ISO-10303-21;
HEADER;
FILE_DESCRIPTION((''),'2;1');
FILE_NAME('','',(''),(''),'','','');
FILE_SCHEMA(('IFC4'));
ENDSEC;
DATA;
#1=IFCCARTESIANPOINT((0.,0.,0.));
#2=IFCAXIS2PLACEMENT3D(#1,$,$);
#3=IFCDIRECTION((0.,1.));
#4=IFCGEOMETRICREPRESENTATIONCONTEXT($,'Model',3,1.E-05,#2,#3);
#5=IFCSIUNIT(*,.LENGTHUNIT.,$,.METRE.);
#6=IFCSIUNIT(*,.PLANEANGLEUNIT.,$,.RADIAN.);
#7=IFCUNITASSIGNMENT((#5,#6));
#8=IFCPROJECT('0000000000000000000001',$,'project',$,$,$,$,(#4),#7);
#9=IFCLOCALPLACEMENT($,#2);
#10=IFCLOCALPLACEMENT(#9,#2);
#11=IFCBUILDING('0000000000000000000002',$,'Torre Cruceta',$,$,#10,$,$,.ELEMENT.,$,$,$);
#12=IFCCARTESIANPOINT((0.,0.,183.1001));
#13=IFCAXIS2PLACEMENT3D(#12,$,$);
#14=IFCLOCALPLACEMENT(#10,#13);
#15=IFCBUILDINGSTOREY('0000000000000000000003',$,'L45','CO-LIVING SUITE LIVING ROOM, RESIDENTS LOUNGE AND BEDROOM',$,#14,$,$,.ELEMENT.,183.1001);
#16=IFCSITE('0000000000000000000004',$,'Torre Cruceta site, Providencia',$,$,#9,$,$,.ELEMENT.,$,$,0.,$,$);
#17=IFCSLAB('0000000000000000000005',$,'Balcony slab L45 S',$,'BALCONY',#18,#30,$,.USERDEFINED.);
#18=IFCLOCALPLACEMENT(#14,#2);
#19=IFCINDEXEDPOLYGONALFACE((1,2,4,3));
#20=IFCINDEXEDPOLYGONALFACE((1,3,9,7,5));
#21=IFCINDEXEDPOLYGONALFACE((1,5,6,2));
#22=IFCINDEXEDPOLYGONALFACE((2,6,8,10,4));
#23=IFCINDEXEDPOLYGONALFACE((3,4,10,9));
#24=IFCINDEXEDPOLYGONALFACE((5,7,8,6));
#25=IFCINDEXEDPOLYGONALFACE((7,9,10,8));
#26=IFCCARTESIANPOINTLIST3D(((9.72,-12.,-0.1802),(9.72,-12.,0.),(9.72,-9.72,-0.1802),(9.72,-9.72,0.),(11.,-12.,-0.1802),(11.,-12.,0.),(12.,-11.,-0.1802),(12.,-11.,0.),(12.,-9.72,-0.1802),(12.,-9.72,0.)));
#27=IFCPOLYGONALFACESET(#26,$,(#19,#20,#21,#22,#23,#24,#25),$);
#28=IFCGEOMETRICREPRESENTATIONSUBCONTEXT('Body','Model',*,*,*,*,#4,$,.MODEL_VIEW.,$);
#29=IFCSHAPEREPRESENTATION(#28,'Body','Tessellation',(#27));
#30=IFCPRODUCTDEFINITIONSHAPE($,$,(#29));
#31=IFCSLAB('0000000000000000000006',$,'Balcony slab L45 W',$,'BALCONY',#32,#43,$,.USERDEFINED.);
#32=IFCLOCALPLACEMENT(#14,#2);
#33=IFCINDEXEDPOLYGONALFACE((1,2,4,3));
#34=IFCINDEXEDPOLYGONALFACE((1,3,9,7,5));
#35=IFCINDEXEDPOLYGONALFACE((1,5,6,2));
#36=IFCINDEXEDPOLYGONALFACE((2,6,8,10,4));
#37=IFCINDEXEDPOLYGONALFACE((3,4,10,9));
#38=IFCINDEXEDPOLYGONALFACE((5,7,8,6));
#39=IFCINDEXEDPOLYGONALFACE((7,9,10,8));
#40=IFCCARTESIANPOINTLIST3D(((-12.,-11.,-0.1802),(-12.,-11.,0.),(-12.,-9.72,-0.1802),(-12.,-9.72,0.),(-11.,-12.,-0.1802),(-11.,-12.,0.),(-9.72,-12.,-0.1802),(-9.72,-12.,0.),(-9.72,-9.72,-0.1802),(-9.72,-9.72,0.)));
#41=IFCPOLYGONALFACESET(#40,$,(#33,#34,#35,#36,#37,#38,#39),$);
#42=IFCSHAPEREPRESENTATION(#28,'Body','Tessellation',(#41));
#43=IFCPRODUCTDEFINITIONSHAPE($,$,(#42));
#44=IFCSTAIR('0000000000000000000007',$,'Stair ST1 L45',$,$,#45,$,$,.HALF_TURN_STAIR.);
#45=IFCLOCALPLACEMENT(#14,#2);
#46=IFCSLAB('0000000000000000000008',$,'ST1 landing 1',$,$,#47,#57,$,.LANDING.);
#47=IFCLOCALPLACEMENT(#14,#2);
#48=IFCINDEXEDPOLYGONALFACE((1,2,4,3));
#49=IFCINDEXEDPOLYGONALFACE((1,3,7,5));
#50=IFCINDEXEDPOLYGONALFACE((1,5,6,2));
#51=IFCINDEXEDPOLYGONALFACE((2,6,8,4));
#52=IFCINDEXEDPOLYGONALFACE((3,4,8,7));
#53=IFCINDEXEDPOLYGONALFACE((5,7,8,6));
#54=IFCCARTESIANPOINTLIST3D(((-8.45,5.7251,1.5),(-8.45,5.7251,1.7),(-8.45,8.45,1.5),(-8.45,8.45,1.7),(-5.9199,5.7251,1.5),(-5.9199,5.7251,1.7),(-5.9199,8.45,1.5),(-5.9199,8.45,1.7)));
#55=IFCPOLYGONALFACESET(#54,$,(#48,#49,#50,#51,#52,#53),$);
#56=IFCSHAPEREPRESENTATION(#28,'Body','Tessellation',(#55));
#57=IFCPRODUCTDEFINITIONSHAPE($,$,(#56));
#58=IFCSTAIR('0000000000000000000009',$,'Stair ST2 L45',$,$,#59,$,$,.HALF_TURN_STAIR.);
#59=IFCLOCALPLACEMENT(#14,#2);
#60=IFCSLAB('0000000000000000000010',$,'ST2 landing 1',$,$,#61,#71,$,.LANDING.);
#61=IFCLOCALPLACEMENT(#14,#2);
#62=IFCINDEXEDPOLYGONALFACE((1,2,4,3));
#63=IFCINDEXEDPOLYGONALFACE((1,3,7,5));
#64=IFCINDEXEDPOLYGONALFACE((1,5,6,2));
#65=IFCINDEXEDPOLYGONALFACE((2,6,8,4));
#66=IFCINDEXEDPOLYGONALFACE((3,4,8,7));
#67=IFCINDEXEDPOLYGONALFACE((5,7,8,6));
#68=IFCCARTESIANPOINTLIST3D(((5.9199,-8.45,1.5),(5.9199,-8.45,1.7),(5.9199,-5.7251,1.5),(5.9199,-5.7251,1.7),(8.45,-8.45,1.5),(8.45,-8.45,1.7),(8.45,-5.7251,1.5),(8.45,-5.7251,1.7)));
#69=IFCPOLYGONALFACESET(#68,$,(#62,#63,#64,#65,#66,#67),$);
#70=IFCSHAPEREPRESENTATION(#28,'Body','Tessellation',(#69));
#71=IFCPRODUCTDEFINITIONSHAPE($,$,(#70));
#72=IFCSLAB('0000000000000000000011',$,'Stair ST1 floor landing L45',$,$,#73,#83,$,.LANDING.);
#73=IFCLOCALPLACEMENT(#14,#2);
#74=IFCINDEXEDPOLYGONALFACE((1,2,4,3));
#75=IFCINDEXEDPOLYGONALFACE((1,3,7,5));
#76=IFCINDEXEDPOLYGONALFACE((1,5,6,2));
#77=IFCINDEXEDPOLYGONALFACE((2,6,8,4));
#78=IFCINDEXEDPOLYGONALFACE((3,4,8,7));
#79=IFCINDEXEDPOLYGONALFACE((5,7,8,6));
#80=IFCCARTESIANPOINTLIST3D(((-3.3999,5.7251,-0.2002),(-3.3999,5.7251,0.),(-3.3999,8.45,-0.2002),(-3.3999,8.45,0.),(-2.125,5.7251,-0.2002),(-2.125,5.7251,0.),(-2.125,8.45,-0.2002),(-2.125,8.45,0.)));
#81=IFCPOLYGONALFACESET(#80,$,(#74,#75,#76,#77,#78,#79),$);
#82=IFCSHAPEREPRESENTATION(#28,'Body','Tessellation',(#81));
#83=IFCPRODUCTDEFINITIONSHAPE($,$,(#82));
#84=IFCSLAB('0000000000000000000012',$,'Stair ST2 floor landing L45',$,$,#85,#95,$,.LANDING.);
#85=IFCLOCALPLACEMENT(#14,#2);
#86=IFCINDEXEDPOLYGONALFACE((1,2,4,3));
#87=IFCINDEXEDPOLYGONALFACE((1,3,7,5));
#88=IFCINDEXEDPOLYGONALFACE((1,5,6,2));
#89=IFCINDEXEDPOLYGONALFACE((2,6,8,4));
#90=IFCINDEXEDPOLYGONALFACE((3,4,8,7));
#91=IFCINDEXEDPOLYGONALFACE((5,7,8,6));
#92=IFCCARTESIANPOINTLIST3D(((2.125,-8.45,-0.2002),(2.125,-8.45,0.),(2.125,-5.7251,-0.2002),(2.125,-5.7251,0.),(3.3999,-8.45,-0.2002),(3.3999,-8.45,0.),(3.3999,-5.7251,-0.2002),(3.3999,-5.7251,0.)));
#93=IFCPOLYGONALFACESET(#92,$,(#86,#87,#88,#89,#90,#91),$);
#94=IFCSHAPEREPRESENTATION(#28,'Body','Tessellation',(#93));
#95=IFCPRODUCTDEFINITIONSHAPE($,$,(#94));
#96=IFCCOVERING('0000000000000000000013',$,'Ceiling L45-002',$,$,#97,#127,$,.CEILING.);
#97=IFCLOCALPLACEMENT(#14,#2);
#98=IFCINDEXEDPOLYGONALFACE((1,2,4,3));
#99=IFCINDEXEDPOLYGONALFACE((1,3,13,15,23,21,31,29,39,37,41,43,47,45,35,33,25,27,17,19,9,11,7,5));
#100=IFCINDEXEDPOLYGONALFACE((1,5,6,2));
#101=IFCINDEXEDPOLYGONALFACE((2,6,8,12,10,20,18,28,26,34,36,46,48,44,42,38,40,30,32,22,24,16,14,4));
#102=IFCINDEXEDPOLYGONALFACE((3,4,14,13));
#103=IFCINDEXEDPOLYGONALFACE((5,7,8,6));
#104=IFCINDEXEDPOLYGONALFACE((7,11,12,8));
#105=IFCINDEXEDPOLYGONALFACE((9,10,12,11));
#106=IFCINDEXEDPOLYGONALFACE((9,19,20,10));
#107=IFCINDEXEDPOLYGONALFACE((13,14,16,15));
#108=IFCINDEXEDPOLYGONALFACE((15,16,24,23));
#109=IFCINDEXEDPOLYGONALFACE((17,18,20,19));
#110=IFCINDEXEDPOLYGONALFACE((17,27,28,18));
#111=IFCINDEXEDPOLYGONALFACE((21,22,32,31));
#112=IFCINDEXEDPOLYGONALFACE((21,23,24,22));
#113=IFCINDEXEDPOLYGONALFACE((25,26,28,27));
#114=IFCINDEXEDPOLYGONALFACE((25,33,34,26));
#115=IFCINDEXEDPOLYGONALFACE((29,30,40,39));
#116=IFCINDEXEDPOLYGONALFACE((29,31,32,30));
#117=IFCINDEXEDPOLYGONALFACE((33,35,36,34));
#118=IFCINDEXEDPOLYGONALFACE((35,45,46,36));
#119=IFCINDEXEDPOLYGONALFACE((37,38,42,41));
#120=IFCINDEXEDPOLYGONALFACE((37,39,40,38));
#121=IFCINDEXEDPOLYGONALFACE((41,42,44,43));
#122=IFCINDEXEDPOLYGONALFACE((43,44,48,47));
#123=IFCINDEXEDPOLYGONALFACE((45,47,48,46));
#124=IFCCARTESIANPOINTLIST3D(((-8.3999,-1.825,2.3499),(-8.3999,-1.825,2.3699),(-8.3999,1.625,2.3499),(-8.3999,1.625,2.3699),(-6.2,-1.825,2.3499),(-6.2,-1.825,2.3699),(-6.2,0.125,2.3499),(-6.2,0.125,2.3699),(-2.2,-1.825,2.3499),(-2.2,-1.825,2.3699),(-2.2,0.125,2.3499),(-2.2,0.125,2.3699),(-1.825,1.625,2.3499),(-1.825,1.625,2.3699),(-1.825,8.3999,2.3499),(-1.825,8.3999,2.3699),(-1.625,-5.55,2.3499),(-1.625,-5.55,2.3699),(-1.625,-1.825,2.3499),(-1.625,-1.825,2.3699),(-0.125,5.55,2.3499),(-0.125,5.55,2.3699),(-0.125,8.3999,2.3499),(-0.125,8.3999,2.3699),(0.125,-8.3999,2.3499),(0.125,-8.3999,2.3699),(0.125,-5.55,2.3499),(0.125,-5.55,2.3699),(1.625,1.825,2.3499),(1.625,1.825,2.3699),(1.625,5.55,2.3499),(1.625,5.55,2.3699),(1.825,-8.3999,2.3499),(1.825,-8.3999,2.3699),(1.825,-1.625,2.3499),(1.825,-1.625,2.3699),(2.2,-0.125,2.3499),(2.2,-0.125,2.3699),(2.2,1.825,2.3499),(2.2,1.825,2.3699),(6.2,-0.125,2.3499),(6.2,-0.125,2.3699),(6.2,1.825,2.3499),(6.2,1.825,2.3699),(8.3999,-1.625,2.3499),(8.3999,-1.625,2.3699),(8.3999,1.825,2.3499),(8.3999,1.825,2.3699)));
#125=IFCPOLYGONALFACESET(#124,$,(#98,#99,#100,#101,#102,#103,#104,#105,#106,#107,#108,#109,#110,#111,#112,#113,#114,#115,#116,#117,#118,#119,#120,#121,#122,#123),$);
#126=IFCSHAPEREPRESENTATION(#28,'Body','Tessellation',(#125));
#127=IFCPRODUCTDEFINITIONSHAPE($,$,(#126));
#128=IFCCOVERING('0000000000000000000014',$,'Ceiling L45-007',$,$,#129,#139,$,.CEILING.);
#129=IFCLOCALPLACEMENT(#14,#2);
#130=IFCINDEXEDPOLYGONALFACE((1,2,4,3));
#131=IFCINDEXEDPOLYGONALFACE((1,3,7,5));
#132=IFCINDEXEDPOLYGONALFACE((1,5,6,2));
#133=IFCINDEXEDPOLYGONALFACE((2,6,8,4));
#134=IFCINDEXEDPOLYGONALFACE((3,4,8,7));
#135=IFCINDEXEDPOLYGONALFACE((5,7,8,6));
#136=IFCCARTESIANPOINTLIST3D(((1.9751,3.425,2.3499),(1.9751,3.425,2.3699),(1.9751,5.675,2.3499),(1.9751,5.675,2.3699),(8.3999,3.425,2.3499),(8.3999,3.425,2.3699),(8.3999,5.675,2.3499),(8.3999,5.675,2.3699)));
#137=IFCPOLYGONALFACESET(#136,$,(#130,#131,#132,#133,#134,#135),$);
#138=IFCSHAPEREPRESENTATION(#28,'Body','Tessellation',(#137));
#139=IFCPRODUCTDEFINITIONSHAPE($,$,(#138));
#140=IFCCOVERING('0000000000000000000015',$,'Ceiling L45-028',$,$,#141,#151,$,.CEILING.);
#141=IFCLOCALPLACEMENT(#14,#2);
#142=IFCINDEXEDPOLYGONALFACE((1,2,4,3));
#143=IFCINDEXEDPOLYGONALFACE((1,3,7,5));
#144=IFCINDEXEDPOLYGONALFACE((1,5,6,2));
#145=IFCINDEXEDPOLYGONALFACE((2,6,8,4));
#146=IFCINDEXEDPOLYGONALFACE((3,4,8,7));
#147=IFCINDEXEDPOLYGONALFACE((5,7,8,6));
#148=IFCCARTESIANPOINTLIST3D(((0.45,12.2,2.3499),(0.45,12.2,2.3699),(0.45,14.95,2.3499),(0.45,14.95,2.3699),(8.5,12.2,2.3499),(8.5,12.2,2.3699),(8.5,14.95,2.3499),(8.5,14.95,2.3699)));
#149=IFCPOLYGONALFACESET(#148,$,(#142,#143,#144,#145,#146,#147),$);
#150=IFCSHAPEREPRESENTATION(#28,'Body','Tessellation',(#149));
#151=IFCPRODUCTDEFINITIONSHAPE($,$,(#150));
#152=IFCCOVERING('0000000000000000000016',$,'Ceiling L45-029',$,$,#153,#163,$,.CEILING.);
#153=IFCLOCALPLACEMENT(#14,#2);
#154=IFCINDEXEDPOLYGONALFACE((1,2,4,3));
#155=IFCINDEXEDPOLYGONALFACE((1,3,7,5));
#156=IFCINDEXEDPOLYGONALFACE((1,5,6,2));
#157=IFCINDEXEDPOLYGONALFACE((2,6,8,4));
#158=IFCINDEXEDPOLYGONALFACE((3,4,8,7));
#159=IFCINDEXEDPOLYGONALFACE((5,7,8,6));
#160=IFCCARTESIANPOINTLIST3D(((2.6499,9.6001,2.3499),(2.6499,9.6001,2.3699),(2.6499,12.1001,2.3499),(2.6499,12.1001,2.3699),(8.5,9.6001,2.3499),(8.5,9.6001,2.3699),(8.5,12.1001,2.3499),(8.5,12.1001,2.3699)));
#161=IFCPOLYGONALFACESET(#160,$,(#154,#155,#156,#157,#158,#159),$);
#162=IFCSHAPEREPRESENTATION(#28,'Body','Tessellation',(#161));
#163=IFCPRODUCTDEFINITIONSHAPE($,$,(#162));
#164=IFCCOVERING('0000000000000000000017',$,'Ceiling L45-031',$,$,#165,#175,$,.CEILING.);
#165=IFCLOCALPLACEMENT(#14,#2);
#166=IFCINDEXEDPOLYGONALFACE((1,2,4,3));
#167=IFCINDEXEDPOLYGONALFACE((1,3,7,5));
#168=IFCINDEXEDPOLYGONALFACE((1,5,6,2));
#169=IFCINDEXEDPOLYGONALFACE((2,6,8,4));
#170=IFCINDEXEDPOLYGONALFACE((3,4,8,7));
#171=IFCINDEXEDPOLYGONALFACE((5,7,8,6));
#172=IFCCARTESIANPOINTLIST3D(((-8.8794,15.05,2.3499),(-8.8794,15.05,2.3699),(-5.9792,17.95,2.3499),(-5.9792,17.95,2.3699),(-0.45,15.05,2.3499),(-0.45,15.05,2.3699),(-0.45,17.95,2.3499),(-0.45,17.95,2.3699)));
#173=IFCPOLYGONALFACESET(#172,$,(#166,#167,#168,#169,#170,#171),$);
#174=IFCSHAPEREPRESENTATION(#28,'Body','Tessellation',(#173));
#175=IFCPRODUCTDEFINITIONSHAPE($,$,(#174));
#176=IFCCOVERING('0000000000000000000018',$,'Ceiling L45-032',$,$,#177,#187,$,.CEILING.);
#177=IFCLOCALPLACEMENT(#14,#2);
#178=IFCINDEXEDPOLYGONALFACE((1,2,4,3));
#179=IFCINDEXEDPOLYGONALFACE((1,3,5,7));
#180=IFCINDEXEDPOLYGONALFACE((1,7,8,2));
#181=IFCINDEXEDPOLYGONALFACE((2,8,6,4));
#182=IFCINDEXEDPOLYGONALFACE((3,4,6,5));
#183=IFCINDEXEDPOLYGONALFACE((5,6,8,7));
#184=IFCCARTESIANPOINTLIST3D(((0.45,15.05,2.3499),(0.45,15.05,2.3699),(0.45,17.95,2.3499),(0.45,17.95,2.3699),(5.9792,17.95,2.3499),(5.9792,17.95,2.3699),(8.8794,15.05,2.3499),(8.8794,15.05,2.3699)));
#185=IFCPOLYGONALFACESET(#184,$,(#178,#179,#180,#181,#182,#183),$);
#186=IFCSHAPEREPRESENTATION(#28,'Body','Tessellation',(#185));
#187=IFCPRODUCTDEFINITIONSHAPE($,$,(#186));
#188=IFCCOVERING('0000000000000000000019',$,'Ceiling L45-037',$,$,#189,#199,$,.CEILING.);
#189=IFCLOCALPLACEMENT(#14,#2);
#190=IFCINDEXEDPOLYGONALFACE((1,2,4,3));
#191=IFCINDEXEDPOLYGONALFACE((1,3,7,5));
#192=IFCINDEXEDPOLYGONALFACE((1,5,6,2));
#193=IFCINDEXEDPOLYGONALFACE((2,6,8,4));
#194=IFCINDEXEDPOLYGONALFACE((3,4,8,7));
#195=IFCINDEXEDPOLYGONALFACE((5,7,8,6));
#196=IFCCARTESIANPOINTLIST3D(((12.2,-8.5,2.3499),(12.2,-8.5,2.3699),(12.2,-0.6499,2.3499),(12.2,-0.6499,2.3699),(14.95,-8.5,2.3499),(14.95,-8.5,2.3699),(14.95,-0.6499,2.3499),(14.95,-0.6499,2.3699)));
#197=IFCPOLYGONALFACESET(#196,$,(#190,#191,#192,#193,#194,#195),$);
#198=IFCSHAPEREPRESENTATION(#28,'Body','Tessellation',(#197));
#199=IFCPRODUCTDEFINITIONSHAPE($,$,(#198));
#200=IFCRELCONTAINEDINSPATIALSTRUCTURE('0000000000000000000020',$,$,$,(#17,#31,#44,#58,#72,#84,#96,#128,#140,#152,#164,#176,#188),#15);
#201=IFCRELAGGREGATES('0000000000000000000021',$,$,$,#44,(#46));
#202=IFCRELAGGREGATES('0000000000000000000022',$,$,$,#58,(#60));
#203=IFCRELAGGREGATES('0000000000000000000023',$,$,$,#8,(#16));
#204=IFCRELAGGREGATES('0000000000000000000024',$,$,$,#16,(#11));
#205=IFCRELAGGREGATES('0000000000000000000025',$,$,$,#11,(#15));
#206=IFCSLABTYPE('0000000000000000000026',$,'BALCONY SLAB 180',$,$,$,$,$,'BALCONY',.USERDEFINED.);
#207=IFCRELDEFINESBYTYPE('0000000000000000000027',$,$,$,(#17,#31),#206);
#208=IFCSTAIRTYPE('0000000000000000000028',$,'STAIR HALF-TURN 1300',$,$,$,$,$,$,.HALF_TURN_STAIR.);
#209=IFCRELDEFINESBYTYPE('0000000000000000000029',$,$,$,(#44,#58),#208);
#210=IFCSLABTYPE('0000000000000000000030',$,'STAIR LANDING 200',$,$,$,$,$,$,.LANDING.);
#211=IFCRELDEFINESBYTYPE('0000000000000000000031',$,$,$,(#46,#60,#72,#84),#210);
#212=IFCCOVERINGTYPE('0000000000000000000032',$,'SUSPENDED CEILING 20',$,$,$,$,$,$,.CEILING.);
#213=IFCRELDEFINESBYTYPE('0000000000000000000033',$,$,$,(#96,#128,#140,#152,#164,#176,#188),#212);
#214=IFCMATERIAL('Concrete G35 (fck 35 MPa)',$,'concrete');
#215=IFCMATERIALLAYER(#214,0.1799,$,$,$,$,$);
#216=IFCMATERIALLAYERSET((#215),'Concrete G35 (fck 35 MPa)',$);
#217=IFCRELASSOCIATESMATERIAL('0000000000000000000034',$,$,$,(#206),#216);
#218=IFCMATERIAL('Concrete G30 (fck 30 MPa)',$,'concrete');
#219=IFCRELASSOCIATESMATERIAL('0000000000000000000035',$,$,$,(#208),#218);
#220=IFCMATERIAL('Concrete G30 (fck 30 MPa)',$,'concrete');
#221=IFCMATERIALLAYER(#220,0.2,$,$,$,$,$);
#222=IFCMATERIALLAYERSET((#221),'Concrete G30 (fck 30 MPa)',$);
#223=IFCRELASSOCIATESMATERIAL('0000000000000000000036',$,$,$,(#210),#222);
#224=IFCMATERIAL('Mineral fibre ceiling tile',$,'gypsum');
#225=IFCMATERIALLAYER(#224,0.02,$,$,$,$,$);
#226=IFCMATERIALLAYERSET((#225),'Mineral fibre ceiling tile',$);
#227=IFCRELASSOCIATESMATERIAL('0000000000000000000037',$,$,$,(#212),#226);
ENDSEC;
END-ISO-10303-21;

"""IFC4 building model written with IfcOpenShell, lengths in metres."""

from ifc_helpers import new_model, si_unit, direction, frame, origin, place, context, subcontext, project, spatial, polyline, outline, extrude, material, layer, layer_set, type_object, element, aggregate, save


model = new_model("IFC4")

# Units and contexts
model_context = context("Model", 3, precision=1e-05, world=origin(), true_north=direction((0.0, 1.0)))
body_context = subcontext(model_context, "Body", "Model", "MODEL_VIEW")
ifc_project = project(units=[si_unit("LENGTHUNIT", "METRE"), si_unit("PLANEANGLEUNIT", "RADIAN")], contexts=[model_context])

# Site, building, storey
site_placement = place(None, origin())
site = spatial("IfcSite", under=ifc_project, at=site_placement, Name="Torre Cruceta site, Providencia", CompositionType="ELEMENT", RefElevation=0.0)
building_placement = place(site_placement, origin())
building = spatial("IfcBuilding", under=site, at=building_placement, Name="Torre Cruceta", CompositionType="ELEMENT")
storey_placement = place(building_placement, frame((0.0, 0.0, 183.1001)))
storey = spatial("IfcBuildingStorey", under=building, at=storey_placement, Name="L45", Description="CO-LIVING SUITE LIVING ROOM, RESIDENTS LOUNGE AND BEDROOM", CompositionType="ELEMENT", Elevation=183.1001)

# Slabs
ifc_material_1 = material(Name="Concrete G35 (fck 35 MPa)", Category="concrete")
ifc_layer_1 = layer(ifc_material_1, 0.1799)
ifc_layer_set_1 = layer_set([ifc_layer_1], Name="Concrete G35 (fck 35 MPa)")
slab_type_1 = type_object("IfcSlabType", Name="BALCONY SLAB 180", ElementType="BALCONY", PredefinedType="USERDEFINED", material=ifc_layer_set_1)
slab_1_placement = place(storey_placement, frame((0.0, 0.0, -0.1802)))
element("IfcSlab", 1, at=slab_1_placement, inside=storey, type_object=slab_type_1, Name="Balcony slab L45 S", ObjectType="BALCONY", PredefinedType="USERDEFINED", context=body_context, shape_type="SweptSolid", body=[
    extrude(outline(polyline([(12.0, -11.0), (11.0, -12.0), (9.72, -12.0), (9.72, -9.72), (12.0, -9.72), (12.0, -11.0)])), origin(), (0.0, 0.0, 1.0), 0.1802),
])
slab_2_placement = place(storey_placement, frame((0.0, 0.0, -0.1802)))
element("IfcSlab", 2, at=slab_2_placement, inside=storey, type_object=slab_type_1, Name="Balcony slab L45 W", ObjectType="BALCONY", PredefinedType="USERDEFINED", context=body_context, shape_type="SweptSolid", body=[
    extrude(outline(polyline([(-11.0, -12.0), (-12.0, -11.0), (-12.0, -9.72), (-9.72, -9.72), (-9.72, -12.0), (-11.0, -12.0)])), origin(), (0.0, 0.0, 1.0), 0.1802),
])

# Stairs, slabs
ifc_material_2 = material(Name="Concrete G30 (fck 30 MPa)", Category="concrete")
stair_type = type_object("IfcStairType", Name="STAIR HALF-TURN 1300", PredefinedType="HALF_TURN_STAIR", material=ifc_material_2)
stair_1_placement = place(storey_placement, origin())
stair_1 = element("IfcStair", 3, at=stair_1_placement, inside=storey, type_object=stair_type, Name="Stair ST1 L45", PredefinedType="HALF_TURN_STAIR")
ifc_material_3 = material(Name="Concrete G30 (fck 30 MPa)", Category="concrete")
ifc_layer_2 = layer(ifc_material_3, 0.2)
ifc_layer_set_2 = layer_set([ifc_layer_2], Name="Concrete G30 (fck 30 MPa)")
slab_type_2 = type_object("IfcSlabType", Name="STAIR LANDING 200", PredefinedType="LANDING", material=ifc_layer_set_2)
slab_3_placement = place(storey_placement, frame((0.0, 0.0, 1.5)))
slab_3 = element("IfcSlab", 4, at=slab_3_placement, type_object=slab_type_2, Name="ST1 landing 1", PredefinedType="LANDING", context=body_context, shape_type="SweptSolid", body=[
    extrude(outline(polyline([(-8.45, 5.7251), (-5.9199, 5.7251), (-5.9199, 8.45), (-8.45, 8.45), (-8.45, 5.7251)])), origin(), (0.0, 0.0, 1.0), 0.2),
])
aggregate(stair_1, [slab_3])
stair_2_placement = place(storey_placement, origin())
stair_2 = element("IfcStair", 5, at=stair_2_placement, inside=storey, type_object=stair_type, Name="Stair ST2 L45", PredefinedType="HALF_TURN_STAIR")
slab_4_placement = place(storey_placement, frame((0.0, 0.0, 1.5)))
slab_4 = element("IfcSlab", 6, at=slab_4_placement, type_object=slab_type_2, Name="ST2 landing 1", PredefinedType="LANDING", context=body_context, shape_type="SweptSolid", body=[
    extrude(outline(polyline([(5.9199, -8.45), (8.45, -8.45), (8.45, -5.7251), (5.9199, -5.7251), (5.9199, -8.45)])), origin(), (0.0, 0.0, 1.0), 0.2),
])
aggregate(stair_2, [slab_4])

# Slabs
slab_5_placement = place(storey_placement, frame((0.0, 0.0, -0.2002)))
element("IfcSlab", 7, at=slab_5_placement, inside=storey, type_object=slab_type_2, Name="Stair ST1 floor landing L45", PredefinedType="LANDING", context=body_context, shape_type="SweptSolid", body=[
    extrude(outline(polyline([(-2.125, 8.45), (-2.125, 5.7251), (-3.3999, 5.7251), (-3.3999, 8.45), (-2.125, 8.45)])), origin(), (0.0, 0.0, 1.0), 0.2002),
])
slab_6_placement = place(storey_placement, frame((0.0, 0.0, -0.2002)))
element("IfcSlab", 8, at=slab_6_placement, inside=storey, type_object=slab_type_2, Name="Stair ST2 floor landing L45", PredefinedType="LANDING", context=body_context, shape_type="SweptSolid", body=[
    extrude(outline(polyline([(2.125, -8.45), (2.125, -5.7251), (3.3999, -5.7251), (3.3999, -8.45), (2.125, -8.45)])), origin(), (0.0, 0.0, 1.0), 0.2002),
])

# Coverings
ifc_material_4 = material(Name="Mineral fibre ceiling tile", Category="gypsum")
ifc_layer_3 = layer(ifc_material_4, 0.02)
ifc_layer_set_3 = layer_set([ifc_layer_3], Name="Mineral fibre ceiling tile")
covering_type = type_object("IfcCoveringType", Name="SUSPENDED CEILING 20", PredefinedType="CEILING", material=ifc_layer_set_3)
covering_1_placement = place(storey_placement, frame((0.0, 0.0, 2.3499)))
element("IfcCovering", 9, at=covering_1_placement, inside=storey, type_object=covering_type, Name="Ceiling L45-002", PredefinedType="CEILING", context=body_context, shape_type="SweptSolid", body=[
    extrude(outline(polyline([(1.825, -8.3999), (0.125, -8.3999), (0.125, -5.55), (-1.625, -5.55), (-1.625, -1.825), (-2.2, -1.825), (-2.2, 0.125), (-6.2, 0.125), (-6.2, -1.825), (-8.3999, -1.825), (-8.3999, 1.625), (-1.825, 1.625), (-1.825, 8.3999), (-0.125, 8.3999), (-0.125, 5.55), (1.625, 5.55), (1.625, 1.825), (2.2, 1.825), (2.2, -0.125), (6.2, -0.125), (6.2, 1.825), (8.3999, 1.825), (8.3999, -1.625), (1.825, -1.625), (1.825, -8.3999)])), origin(), (0.0, 0.0, 1.0), 0.02),
])
covering_2_placement = place(storey_placement, frame((0.0, 0.0, 2.3499)))
element("IfcCovering", 10, at=covering_2_placement, inside=storey, type_object=covering_type, Name="Ceiling L45-007", PredefinedType="CEILING", context=body_context, shape_type="SweptSolid", body=[
    extrude(outline(polyline([(1.9751, 3.425), (1.9751, 5.675), (8.3999, 5.675), (8.3999, 3.425), (1.9751, 3.425)])), origin(), (0.0, 0.0, 1.0), 0.02),
])
covering_3_placement = place(storey_placement, frame((0.0, 0.0, 2.3499)))
element("IfcCovering", 11, at=covering_3_placement, inside=storey, type_object=covering_type, Name="Ceiling L45-028", PredefinedType="CEILING", context=body_context, shape_type="SweptSolid", body=[
    extrude(outline(polyline([(8.5, 14.95), (8.5, 12.2), (0.45, 12.2), (0.45, 14.95), (8.5, 14.95)])), origin(), (0.0, 0.0, 1.0), 0.02),
])
covering_4_placement = place(storey_placement, frame((0.0, 0.0, 2.3499)))
element("IfcCovering", 12, at=covering_4_placement, inside=storey, type_object=covering_type, Name="Ceiling L45-029", PredefinedType="CEILING", context=body_context, shape_type="SweptSolid", body=[
    extrude(outline(polyline([(8.5, 9.6001), (2.6499, 9.6001), (2.6499, 12.1001), (8.5, 12.1001), (8.5, 9.6001)])), origin(), (0.0, 0.0, 1.0), 0.02),
])
covering_5_placement = place(storey_placement, frame((0.0, 0.0, 2.3499)))
element("IfcCovering", 13, at=covering_5_placement, inside=storey, type_object=covering_type, Name="Ceiling L45-031", PredefinedType="CEILING", context=body_context, shape_type="SweptSolid", body=[
    extrude(outline(polyline([(-5.9792, 17.95), (-0.45, 17.95), (-0.45, 15.05), (-8.8794, 15.05), (-5.9792, 17.95)])), origin(), (0.0, 0.0, 1.0), 0.02),
])
covering_6_placement = place(storey_placement, frame((0.0, 0.0, 2.3499)))
element("IfcCovering", 14, at=covering_6_placement, inside=storey, type_object=covering_type, Name="Ceiling L45-032", PredefinedType="CEILING", context=body_context, shape_type="SweptSolid", body=[
    extrude(outline(polyline([(8.8794, 15.05), (0.45, 15.05), (0.45, 17.95), (5.9792, 17.95), (8.8794, 15.05)])), origin(), (0.0, 0.0, 1.0), 0.02),
])
covering_7_placement = place(storey_placement, frame((0.0, 0.0, 2.3499)))
element("IfcCovering", 15, at=covering_7_placement, inside=storey, type_object=covering_type, Name="Ceiling L45-037", PredefinedType="CEILING", context=body_context, shape_type="SweptSolid", body=[
    extrude(outline(polyline([(14.95, -8.5), (12.2, -8.5), (12.2, -0.6499), (14.95, -0.6499), (14.95, -8.5)])), origin(), (0.0, 0.0, 1.0), 0.02),
])

save(model, "model.ifc")
